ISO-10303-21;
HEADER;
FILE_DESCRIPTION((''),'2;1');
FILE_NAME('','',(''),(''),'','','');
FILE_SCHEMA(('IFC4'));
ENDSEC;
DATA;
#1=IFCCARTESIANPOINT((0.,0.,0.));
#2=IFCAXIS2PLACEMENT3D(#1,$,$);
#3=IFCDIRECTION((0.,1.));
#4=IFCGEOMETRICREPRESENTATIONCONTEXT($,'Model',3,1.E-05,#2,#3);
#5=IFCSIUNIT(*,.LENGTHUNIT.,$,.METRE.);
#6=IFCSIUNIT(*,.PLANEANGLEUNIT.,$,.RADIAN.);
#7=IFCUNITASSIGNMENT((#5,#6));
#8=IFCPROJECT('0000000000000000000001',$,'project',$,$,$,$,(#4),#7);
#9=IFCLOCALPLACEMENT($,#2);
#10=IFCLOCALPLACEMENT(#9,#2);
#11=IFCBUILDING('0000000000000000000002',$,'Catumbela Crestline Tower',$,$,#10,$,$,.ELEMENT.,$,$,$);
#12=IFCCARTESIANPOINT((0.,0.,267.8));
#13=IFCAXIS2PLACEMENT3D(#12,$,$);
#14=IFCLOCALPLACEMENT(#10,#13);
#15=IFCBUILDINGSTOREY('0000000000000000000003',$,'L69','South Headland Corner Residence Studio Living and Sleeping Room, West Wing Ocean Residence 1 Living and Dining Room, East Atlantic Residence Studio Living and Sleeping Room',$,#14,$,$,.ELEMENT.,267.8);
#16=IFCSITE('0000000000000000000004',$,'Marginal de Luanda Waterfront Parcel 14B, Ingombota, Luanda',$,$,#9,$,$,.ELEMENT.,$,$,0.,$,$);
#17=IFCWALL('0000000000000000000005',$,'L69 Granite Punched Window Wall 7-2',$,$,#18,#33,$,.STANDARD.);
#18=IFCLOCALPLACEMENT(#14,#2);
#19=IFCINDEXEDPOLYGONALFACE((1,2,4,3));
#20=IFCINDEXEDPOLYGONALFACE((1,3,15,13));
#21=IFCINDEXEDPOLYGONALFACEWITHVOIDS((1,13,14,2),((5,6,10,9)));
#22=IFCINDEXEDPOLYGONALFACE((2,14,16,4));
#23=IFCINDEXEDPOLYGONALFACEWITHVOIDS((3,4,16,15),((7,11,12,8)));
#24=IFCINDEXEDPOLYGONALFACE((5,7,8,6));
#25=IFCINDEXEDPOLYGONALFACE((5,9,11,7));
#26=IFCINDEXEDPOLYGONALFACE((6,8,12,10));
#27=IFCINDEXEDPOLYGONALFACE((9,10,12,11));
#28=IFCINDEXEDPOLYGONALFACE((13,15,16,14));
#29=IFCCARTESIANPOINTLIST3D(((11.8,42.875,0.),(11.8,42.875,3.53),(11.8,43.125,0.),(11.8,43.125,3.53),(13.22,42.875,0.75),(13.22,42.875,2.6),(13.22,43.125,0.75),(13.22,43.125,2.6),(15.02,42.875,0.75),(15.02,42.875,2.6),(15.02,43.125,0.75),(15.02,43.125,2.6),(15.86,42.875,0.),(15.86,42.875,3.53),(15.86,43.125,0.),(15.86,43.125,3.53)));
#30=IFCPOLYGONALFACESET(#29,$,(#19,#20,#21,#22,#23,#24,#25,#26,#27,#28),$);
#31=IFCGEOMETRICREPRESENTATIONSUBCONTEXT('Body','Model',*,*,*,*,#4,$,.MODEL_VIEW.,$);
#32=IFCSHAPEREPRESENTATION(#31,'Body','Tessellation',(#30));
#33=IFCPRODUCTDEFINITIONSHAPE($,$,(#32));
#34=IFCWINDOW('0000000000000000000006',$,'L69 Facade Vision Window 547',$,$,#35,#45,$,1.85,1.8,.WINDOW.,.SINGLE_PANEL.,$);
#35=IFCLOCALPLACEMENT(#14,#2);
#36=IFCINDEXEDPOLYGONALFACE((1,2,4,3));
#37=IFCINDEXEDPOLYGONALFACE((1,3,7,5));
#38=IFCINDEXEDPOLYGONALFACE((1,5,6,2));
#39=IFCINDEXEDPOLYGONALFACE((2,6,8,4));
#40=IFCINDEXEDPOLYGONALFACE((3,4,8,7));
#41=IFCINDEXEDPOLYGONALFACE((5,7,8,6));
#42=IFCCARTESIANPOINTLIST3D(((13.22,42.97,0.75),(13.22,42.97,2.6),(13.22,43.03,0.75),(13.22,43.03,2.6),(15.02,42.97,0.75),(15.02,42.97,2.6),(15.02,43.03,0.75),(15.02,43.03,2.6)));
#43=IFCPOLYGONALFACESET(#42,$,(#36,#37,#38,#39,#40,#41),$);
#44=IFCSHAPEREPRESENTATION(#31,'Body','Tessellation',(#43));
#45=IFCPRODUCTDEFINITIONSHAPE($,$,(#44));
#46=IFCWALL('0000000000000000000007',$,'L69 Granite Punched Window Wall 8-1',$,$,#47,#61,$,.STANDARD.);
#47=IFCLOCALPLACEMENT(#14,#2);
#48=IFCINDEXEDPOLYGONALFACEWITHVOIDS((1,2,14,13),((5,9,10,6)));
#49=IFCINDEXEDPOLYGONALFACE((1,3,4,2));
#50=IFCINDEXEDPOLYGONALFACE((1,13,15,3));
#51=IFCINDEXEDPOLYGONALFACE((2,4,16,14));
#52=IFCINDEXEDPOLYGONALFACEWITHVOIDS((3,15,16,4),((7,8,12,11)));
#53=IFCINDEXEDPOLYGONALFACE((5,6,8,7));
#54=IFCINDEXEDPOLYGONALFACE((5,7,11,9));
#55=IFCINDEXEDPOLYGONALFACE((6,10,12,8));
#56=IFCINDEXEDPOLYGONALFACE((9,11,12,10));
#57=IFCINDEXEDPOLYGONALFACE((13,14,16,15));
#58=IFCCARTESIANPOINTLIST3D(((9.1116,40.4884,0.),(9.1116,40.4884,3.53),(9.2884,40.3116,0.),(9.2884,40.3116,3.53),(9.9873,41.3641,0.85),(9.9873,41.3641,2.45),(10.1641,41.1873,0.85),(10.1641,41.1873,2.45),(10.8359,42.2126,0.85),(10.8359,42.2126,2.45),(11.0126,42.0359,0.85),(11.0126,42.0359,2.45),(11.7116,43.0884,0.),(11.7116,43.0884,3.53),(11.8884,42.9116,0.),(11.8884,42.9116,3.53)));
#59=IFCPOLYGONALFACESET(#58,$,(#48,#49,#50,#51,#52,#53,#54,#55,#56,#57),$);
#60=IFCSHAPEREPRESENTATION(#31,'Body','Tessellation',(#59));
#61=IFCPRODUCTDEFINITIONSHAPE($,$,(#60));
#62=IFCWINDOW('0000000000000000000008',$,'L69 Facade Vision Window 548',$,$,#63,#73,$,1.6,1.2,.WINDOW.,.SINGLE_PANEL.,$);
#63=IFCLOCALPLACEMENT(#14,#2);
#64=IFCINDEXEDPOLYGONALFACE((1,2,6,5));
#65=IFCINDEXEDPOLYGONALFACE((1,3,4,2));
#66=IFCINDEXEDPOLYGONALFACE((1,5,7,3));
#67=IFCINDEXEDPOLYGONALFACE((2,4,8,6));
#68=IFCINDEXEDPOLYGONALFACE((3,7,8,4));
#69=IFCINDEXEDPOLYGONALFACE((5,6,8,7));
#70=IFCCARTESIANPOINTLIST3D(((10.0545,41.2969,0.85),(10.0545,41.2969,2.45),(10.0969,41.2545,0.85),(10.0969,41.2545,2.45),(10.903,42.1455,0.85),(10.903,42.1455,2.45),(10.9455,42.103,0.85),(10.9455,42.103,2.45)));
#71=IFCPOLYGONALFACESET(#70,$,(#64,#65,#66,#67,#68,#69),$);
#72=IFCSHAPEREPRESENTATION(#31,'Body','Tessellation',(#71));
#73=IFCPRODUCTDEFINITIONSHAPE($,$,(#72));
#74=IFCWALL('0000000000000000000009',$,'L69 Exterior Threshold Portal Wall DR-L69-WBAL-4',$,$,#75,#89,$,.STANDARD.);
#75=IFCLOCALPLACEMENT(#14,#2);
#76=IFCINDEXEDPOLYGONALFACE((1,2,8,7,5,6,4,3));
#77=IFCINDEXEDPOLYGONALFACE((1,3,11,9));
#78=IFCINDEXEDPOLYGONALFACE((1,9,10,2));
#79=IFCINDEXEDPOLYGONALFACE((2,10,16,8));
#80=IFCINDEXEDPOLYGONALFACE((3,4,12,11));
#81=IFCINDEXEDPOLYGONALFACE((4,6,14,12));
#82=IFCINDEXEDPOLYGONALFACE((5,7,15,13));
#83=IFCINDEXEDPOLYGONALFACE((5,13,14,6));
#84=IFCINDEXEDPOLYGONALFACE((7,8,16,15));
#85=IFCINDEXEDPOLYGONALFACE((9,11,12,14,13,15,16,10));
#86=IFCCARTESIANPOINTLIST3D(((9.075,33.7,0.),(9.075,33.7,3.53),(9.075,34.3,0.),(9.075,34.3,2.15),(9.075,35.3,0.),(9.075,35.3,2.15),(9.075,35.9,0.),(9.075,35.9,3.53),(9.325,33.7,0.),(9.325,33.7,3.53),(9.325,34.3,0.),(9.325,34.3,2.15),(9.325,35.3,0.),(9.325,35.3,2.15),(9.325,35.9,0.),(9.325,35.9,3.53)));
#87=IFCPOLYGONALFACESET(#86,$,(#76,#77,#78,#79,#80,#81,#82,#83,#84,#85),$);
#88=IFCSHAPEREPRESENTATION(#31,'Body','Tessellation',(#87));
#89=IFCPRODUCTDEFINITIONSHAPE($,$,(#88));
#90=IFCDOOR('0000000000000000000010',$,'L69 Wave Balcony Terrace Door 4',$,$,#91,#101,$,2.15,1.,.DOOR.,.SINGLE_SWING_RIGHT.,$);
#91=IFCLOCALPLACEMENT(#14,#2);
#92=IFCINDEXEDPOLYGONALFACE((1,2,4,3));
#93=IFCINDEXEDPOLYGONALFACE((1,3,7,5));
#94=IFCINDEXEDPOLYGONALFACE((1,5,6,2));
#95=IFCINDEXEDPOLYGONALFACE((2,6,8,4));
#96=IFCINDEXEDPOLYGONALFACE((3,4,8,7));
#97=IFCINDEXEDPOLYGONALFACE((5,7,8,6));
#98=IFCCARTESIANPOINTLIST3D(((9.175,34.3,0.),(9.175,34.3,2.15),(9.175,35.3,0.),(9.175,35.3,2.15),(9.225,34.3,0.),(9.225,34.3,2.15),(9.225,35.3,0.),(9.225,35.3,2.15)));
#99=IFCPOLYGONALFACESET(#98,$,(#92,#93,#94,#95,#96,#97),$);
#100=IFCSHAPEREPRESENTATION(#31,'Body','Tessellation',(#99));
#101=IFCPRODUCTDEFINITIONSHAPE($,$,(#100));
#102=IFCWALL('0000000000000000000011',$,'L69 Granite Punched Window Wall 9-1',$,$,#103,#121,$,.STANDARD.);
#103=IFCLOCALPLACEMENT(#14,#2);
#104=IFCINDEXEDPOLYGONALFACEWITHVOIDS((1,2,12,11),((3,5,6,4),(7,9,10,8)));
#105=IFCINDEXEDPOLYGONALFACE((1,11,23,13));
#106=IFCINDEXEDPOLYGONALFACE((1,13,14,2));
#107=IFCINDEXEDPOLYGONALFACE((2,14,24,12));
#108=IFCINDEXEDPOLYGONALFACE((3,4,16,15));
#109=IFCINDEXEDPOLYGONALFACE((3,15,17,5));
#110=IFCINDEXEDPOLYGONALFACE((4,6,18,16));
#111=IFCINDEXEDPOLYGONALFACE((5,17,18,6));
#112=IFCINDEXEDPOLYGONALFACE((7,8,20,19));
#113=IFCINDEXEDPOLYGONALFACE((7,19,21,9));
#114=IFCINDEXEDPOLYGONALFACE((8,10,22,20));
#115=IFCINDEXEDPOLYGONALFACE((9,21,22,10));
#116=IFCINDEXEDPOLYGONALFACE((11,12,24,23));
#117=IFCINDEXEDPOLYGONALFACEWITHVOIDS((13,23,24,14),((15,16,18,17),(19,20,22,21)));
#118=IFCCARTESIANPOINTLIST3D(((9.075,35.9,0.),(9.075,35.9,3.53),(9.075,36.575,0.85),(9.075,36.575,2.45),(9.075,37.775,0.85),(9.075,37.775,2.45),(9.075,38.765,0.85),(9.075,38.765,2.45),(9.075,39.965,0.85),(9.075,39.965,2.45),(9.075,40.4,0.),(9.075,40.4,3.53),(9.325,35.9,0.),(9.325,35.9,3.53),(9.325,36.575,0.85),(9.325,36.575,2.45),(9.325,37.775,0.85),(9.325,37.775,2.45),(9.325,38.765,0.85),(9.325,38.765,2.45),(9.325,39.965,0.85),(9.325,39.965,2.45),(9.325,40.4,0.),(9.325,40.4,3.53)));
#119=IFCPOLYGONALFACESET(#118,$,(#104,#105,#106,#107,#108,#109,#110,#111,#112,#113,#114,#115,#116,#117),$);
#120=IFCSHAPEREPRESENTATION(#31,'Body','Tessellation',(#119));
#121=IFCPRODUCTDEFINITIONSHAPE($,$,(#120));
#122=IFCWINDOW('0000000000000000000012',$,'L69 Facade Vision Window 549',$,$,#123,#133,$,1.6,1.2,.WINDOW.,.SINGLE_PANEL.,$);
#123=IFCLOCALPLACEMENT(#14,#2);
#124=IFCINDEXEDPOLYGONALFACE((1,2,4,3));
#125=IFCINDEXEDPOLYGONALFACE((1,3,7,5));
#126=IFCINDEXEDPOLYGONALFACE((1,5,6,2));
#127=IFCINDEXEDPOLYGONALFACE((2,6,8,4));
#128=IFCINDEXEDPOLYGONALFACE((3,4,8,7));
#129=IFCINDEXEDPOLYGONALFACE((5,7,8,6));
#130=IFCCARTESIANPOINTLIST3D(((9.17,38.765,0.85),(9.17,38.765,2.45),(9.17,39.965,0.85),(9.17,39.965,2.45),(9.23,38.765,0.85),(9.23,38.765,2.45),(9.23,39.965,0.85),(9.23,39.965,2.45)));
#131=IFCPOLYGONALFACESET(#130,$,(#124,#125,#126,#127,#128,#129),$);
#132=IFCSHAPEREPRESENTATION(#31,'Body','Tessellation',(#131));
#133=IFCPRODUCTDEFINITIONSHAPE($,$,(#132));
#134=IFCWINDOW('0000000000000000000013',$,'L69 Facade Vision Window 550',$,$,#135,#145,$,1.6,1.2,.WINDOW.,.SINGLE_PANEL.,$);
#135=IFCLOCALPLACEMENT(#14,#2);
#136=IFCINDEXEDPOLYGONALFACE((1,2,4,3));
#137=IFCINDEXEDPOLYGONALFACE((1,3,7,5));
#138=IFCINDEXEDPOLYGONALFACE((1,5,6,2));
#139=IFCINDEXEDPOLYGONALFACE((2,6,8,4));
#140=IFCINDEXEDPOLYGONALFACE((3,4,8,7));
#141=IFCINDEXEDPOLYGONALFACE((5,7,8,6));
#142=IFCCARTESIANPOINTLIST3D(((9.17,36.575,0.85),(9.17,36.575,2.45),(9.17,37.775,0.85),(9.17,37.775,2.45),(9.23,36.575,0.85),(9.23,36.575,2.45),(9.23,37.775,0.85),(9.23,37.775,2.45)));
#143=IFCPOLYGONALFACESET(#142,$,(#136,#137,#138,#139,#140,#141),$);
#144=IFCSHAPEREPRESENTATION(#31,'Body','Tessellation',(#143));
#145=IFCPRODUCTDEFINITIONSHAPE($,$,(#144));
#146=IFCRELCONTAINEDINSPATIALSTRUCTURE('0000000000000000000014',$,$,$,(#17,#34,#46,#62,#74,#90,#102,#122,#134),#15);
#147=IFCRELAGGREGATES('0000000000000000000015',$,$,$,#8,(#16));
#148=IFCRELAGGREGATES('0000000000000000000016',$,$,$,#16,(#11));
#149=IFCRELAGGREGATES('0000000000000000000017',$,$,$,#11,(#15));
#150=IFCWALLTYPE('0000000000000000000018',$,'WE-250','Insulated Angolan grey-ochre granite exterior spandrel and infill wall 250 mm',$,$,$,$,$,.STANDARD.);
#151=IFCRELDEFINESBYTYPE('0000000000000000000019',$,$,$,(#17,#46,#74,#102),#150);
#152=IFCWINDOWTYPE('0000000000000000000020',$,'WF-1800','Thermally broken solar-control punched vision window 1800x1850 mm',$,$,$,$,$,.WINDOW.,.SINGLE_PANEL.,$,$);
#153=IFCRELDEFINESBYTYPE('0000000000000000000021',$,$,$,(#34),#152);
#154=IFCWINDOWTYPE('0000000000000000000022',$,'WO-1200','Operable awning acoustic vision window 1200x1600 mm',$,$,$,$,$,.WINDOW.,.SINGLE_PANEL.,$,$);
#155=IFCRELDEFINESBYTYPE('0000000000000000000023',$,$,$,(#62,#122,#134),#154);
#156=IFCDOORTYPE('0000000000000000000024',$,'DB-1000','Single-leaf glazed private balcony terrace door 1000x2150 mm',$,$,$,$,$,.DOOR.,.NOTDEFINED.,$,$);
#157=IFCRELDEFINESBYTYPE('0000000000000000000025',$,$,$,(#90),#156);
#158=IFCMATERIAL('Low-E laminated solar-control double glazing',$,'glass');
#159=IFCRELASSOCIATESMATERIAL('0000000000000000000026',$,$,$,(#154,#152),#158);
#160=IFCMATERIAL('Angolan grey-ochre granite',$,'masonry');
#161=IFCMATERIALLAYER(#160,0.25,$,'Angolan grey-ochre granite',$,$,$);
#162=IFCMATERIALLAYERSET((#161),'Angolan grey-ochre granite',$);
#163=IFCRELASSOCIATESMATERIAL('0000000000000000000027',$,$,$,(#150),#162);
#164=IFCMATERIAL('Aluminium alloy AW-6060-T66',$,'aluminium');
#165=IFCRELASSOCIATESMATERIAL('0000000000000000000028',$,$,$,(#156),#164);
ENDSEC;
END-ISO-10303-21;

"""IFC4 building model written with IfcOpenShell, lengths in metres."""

from ifc_helpers import new_model, si_unit, direction, frame, frame_2d, origin, place, context, subcontext, project, spatial, rectangle, extrude, material, layer, layer_set, type_object, element, fill, save


model = new_model("IFC4")

# Units and contexts
model_context = context("Model", 3, precision=1e-05, world=origin(), true_north=direction((0.0, 1.0)))
body_context = subcontext(model_context, "Body", "Model", "MODEL_VIEW")
ifc_project = project(units=[si_unit("LENGTHUNIT", "METRE"), si_unit("PLANEANGLEUNIT", "RADIAN")], contexts=[model_context])

# Site, building, storey
site_placement = place(None, origin())
site = spatial("IfcSite", under=ifc_project, at=site_placement, Name="Marginal de Luanda Waterfront Parcel 14B, Ingombota, Luanda", CompositionType="ELEMENT", RefElevation=0.0)
building_placement = place(site_placement, origin())
building = spatial("IfcBuilding", under=site, at=building_placement, Name="Catumbela Crestline Tower", CompositionType="ELEMENT")
storey_placement = place(building_placement, frame((0.0, 0.0, 267.8)))
storey = spatial("IfcBuildingStorey", under=building, at=storey_placement, Name="L69", Description="South Headland Corner Residence Studio Living and Sleeping Room, West Wing Ocean Residence 1 Living and Dining Room, East Atlantic Residence Studio Living and Sleeping Room", CompositionType="ELEMENT", Elevation=267.8)

# Shared definitions
ifc_material_1 = material(Name="Aluminium alloy AW-6060-T66", Category="aluminium")
ifc_material_2 = material(Name="Low-E laminated solar-control double glazing", Category="glass")

# Shared definitions
window_type_1 = type_object("IfcWindowType", Name="WO-1200", Description="Operable awning acoustic vision window 1200x1600 mm", PartitioningType="SINGLE_PANEL", PredefinedType="WINDOW", material=ifc_material_2)

# Walls, openings, windows
ifc_material_3 = material(Name="Angolan grey-ochre granite", Category="masonry")
ifc_layer_1 = layer(ifc_material_3, 0.25, Name="Angolan grey-ochre granite")
ifc_layer_set_1 = layer_set([ifc_layer_1], Name="Angolan grey-ochre granite")
wall_type_1 = type_object("IfcWallType", Name="WE-250", Description="Insulated Angolan grey-ochre granite exterior spandrel and infill wall 250 mm", PredefinedType="STANDARD", material=ifc_layer_set_1)
wall_1_placement = place(storey_placement, frame((15.86, 43.0, 0.0), z_axis=(0.0, 0.0, 1.0), x_axis=(-1.0, 0.0, 0.0)))
wall_1 = element("IfcWall", 1, at=wall_1_placement, inside=storey, type_object=wall_type_1, Name="L69 Granite Punched Window Wall 7-2", PredefinedType="STANDARD", context=body_context, shape_type="SweptSolid", body=[
    extrude(rectangle(XDim=4.06, YDim=0.25, at=frame_2d((2.03, 0.0))), origin(), (0.0, 0.0, 1.0), 3.53),
])
opening_1_placement = place(wall_1_placement, frame((0.84, 0.0, 0.75)))
opening_1 = element("IfcOpeningElement", 2, at=opening_1_placement, cuts=wall_1, PredefinedType="OPENING", context=body_context, shape_type="SweptSolid", body=[
    extrude(rectangle(XDim=1.8, YDim=1.85, at=frame_2d((0.9, 0.925))), frame((0.0, 0.135, 0.0), z_axis=(0.0, -1.0, 0.0), x_axis=(1.0, 0.0, 0.0)), (0.0, 0.0, 1.0), 0.27),
])
window_type_2 = type_object("IfcWindowType", Name="WF-1800", Description="Thermally broken solar-control punched vision window 1800x1850 mm", PartitioningType="SINGLE_PANEL", PredefinedType="WINDOW", material=ifc_material_2)
window_1_placement = place(opening_1_placement, origin())
window_1 = element("IfcWindow", 3, at=window_1_placement, inside=storey, type_object=window_type_2, Name="L69 Facade Vision Window 547", OverallHeight=1.85, OverallWidth=1.8, PartitioningType="SINGLE_PANEL", PredefinedType="WINDOW", context=body_context, shape_type="SweptSolid", body=[
    extrude(rectangle(XDim=1.8, YDim=1.85, at=frame_2d((0.9, 0.925))), frame((0.0, 0.03, 0.0), z_axis=(0.0, -1.0, 0.0), x_axis=(1.0, 0.0, 0.0)), (0.0, 0.0, 1.0), 0.06),
])
fill(opening_1, window_1)
wall_2_placement = place(storey_placement, frame((11.8, 43.0, 0.0), z_axis=(0.0, 0.0, 1.0), x_axis=(-0.707107, -0.707107, 0.0)))
wall_2 = element("IfcWall", 4, at=wall_2_placement, inside=storey, type_object=wall_type_1, Name="L69 Granite Punched Window Wall 8-1", PredefinedType="STANDARD", context=body_context, shape_type="SweptSolid", body=[
    extrude(rectangle(XDim=3.677, YDim=0.25, at=frame_2d((1.8385, 0.0))), origin(), (0.0, 0.0, 1.0), 3.53),
])
opening_2_placement = place(wall_2_placement, frame((1.2385, 0.0, 0.85)))
opening_2 = element("IfcOpeningElement", 5, at=opening_2_placement, cuts=wall_2, PredefinedType="OPENING", context=body_context, shape_type="SweptSolid", body=[
    extrude(rectangle(XDim=1.2, YDim=1.6, at=frame_2d((0.6, 0.8))), frame((0.0, 0.135, 0.0), z_axis=(0.0, -1.0, 0.0), x_axis=(1.0, 0.0, 0.0)), (0.0, 0.0, 1.0), 0.27),
])
window_2_placement = place(opening_2_placement, origin())
window_2 = element("IfcWindow", 6, at=window_2_placement, inside=storey, type_object=window_type_1, Name="L69 Facade Vision Window 548", OverallHeight=1.6, OverallWidth=1.2, PartitioningType="SINGLE_PANEL", PredefinedType="WINDOW", context=body_context, shape_type="SweptSolid", body=[
    extrude(rectangle(XDim=1.2, YDim=1.6, at=frame_2d((0.6, 0.8))), frame((0.0, 0.03, 0.0), z_axis=(0.0, -1.0, 0.0), x_axis=(1.0, 0.0, 0.0)), (0.0, 0.0, 1.0), 0.06),
])
fill(opening_2, window_2)

# Wall, opening, door
wall_3_placement = place(storey_placement, frame((9.2, 35.9, 0.0), z_axis=(0.0, 0.0, 1.0), x_axis=(0.0, -1.0, 0.0)))
wall_3 = element("IfcWall", 7, at=wall_3_placement, inside=storey, type_object=wall_type_1, Name="L69 Exterior Threshold Portal Wall DR-L69-WBAL-4", PredefinedType="STANDARD", context=body_context, shape_type="SweptSolid", body=[
    extrude(rectangle(XDim=2.2, YDim=0.25, at=frame_2d((1.1, 0.0))), origin(), (0.0, 0.0, 1.0), 3.53),
])
opening_3_placement = place(wall_3_placement, frame((0.6, 0.0, 0.0)))
opening_3 = element("IfcOpeningElement", 8, at=opening_3_placement, cuts=wall_3, PredefinedType="OPENING", context=body_context, shape_type="SweptSolid", body=[
    extrude(rectangle(XDim=1.0, YDim=2.15, at=frame_2d((0.5, 1.075))), frame((0.0, 0.135, 0.0), z_axis=(0.0, -1.0, 0.0), x_axis=(1.0, 0.0, 0.0)), (0.0, 0.0, 1.0), 0.27),
])
door_type_1 = type_object("IfcDoorType", Name="DB-1000", Description="Single-leaf glazed private balcony terrace door 1000x2150 mm", OperationType="NOTDEFINED", PredefinedType="DOOR", material=ifc_material_1)
door_1_placement = place(opening_3_placement, origin())
door_1 = element("IfcDoor", 9, at=door_1_placement, inside=storey, type_object=door_type_1, Name="L69 Wave Balcony Terrace Door 4", OperationType="SINGLE_SWING_RIGHT", OverallHeight=2.15, OverallWidth=1.0, PredefinedType="DOOR", context=body_context, shape_type="SweptSolid", body=[
    extrude(rectangle(XDim=1.0, YDim=2.15, at=frame_2d((0.5, 1.075))), frame((0.0, 0.025, 0.0), z_axis=(0.0, -1.0, 0.0), x_axis=(1.0, 0.0, 0.0)), (0.0, 0.0, 1.0), 0.05),
])
fill(opening_3, door_1)

# Wall, openings, windows
wall_4_placement = place(storey_placement, frame((9.2, 40.4, 0.0), z_axis=(0.0, 0.0, 1.0), x_axis=(0.0, -1.0, 0.0)))
wall_4 = element("IfcWall", 10, at=wall_4_placement, inside=storey, type_object=wall_type_1, Name="L69 Granite Punched Window Wall 9-1", PredefinedType="STANDARD", context=body_context, shape_type="SweptSolid", body=[
    extrude(rectangle(XDim=4.5, YDim=0.25, at=frame_2d((2.25, 0.0))), origin(), (0.0, 0.0, 1.0), 3.53),
])
opening_4_placement = place(wall_4_placement, frame((0.435, 0.0, 0.85)))
opening_4 = element("IfcOpeningElement", 11, at=opening_4_placement, cuts=wall_4, PredefinedType="OPENING", context=body_context, shape_type="SweptSolid", body=[
    extrude(rectangle(XDim=1.2, YDim=1.6, at=frame_2d((0.6, 0.8))), frame((0.0, 0.135, 0.0), z_axis=(0.0, -1.0, 0.0), x_axis=(1.0, 0.0, 0.0)), (0.0, 0.0, 1.0), 0.27),
])
opening_5_placement = place(wall_4_placement, frame((2.625, 0.0, 0.85)))
opening_5 = element("IfcOpeningElement", 12, at=opening_5_placement, cuts=wall_4, PredefinedType="OPENING", context=body_context, shape_type="SweptSolid", body=[
    extrude(rectangle(XDim=1.2, YDim=1.6, at=frame_2d((0.6, 0.8))), frame((0.0, 0.135, 0.0), z_axis=(0.0, -1.0, 0.0), x_axis=(1.0, 0.0, 0.0)), (0.0, 0.0, 1.0), 0.27),
])
window_3_placement = place(opening_4_placement, origin())
window_3 = element("IfcWindow", 13, at=window_3_placement, inside=storey, type_object=window_type_1, Name="L69 Facade Vision Window 549", OverallHeight=1.6, OverallWidth=1.2, PartitioningType="SINGLE_PANEL", PredefinedType="WINDOW", context=body_context, shape_type="SweptSolid", body=[
    extrude(rectangle(XDim=1.2, YDim=1.6, at=frame_2d((0.6, 0.8))), frame((0.0, 0.03, 0.0), z_axis=(0.0, -1.0, 0.0), x_axis=(1.0, 0.0, 0.0)), (0.0, 0.0, 1.0), 0.06),
])
fill(opening_4, window_3)
window_4_placement = place(opening_5_placement, origin())
window_4 = element("IfcWindow", 14, at=window_4_placement, inside=storey, type_object=window_type_1, Name="L69 Facade Vision Window 550", OverallHeight=1.6, OverallWidth=1.2, PartitioningType="SINGLE_PANEL", PredefinedType="WINDOW", context=body_context, shape_type="SweptSolid", body=[
    extrude(rectangle(XDim=1.2, YDim=1.6, at=frame_2d((0.6, 0.8))), frame((0.0, 0.03, 0.0), z_axis=(0.0, -1.0, 0.0), x_axis=(1.0, 0.0, 0.0)), (0.0, 0.0, 1.0), 0.06),
])
fill(opening_5, window_4)

save(model, "model.ifc")
